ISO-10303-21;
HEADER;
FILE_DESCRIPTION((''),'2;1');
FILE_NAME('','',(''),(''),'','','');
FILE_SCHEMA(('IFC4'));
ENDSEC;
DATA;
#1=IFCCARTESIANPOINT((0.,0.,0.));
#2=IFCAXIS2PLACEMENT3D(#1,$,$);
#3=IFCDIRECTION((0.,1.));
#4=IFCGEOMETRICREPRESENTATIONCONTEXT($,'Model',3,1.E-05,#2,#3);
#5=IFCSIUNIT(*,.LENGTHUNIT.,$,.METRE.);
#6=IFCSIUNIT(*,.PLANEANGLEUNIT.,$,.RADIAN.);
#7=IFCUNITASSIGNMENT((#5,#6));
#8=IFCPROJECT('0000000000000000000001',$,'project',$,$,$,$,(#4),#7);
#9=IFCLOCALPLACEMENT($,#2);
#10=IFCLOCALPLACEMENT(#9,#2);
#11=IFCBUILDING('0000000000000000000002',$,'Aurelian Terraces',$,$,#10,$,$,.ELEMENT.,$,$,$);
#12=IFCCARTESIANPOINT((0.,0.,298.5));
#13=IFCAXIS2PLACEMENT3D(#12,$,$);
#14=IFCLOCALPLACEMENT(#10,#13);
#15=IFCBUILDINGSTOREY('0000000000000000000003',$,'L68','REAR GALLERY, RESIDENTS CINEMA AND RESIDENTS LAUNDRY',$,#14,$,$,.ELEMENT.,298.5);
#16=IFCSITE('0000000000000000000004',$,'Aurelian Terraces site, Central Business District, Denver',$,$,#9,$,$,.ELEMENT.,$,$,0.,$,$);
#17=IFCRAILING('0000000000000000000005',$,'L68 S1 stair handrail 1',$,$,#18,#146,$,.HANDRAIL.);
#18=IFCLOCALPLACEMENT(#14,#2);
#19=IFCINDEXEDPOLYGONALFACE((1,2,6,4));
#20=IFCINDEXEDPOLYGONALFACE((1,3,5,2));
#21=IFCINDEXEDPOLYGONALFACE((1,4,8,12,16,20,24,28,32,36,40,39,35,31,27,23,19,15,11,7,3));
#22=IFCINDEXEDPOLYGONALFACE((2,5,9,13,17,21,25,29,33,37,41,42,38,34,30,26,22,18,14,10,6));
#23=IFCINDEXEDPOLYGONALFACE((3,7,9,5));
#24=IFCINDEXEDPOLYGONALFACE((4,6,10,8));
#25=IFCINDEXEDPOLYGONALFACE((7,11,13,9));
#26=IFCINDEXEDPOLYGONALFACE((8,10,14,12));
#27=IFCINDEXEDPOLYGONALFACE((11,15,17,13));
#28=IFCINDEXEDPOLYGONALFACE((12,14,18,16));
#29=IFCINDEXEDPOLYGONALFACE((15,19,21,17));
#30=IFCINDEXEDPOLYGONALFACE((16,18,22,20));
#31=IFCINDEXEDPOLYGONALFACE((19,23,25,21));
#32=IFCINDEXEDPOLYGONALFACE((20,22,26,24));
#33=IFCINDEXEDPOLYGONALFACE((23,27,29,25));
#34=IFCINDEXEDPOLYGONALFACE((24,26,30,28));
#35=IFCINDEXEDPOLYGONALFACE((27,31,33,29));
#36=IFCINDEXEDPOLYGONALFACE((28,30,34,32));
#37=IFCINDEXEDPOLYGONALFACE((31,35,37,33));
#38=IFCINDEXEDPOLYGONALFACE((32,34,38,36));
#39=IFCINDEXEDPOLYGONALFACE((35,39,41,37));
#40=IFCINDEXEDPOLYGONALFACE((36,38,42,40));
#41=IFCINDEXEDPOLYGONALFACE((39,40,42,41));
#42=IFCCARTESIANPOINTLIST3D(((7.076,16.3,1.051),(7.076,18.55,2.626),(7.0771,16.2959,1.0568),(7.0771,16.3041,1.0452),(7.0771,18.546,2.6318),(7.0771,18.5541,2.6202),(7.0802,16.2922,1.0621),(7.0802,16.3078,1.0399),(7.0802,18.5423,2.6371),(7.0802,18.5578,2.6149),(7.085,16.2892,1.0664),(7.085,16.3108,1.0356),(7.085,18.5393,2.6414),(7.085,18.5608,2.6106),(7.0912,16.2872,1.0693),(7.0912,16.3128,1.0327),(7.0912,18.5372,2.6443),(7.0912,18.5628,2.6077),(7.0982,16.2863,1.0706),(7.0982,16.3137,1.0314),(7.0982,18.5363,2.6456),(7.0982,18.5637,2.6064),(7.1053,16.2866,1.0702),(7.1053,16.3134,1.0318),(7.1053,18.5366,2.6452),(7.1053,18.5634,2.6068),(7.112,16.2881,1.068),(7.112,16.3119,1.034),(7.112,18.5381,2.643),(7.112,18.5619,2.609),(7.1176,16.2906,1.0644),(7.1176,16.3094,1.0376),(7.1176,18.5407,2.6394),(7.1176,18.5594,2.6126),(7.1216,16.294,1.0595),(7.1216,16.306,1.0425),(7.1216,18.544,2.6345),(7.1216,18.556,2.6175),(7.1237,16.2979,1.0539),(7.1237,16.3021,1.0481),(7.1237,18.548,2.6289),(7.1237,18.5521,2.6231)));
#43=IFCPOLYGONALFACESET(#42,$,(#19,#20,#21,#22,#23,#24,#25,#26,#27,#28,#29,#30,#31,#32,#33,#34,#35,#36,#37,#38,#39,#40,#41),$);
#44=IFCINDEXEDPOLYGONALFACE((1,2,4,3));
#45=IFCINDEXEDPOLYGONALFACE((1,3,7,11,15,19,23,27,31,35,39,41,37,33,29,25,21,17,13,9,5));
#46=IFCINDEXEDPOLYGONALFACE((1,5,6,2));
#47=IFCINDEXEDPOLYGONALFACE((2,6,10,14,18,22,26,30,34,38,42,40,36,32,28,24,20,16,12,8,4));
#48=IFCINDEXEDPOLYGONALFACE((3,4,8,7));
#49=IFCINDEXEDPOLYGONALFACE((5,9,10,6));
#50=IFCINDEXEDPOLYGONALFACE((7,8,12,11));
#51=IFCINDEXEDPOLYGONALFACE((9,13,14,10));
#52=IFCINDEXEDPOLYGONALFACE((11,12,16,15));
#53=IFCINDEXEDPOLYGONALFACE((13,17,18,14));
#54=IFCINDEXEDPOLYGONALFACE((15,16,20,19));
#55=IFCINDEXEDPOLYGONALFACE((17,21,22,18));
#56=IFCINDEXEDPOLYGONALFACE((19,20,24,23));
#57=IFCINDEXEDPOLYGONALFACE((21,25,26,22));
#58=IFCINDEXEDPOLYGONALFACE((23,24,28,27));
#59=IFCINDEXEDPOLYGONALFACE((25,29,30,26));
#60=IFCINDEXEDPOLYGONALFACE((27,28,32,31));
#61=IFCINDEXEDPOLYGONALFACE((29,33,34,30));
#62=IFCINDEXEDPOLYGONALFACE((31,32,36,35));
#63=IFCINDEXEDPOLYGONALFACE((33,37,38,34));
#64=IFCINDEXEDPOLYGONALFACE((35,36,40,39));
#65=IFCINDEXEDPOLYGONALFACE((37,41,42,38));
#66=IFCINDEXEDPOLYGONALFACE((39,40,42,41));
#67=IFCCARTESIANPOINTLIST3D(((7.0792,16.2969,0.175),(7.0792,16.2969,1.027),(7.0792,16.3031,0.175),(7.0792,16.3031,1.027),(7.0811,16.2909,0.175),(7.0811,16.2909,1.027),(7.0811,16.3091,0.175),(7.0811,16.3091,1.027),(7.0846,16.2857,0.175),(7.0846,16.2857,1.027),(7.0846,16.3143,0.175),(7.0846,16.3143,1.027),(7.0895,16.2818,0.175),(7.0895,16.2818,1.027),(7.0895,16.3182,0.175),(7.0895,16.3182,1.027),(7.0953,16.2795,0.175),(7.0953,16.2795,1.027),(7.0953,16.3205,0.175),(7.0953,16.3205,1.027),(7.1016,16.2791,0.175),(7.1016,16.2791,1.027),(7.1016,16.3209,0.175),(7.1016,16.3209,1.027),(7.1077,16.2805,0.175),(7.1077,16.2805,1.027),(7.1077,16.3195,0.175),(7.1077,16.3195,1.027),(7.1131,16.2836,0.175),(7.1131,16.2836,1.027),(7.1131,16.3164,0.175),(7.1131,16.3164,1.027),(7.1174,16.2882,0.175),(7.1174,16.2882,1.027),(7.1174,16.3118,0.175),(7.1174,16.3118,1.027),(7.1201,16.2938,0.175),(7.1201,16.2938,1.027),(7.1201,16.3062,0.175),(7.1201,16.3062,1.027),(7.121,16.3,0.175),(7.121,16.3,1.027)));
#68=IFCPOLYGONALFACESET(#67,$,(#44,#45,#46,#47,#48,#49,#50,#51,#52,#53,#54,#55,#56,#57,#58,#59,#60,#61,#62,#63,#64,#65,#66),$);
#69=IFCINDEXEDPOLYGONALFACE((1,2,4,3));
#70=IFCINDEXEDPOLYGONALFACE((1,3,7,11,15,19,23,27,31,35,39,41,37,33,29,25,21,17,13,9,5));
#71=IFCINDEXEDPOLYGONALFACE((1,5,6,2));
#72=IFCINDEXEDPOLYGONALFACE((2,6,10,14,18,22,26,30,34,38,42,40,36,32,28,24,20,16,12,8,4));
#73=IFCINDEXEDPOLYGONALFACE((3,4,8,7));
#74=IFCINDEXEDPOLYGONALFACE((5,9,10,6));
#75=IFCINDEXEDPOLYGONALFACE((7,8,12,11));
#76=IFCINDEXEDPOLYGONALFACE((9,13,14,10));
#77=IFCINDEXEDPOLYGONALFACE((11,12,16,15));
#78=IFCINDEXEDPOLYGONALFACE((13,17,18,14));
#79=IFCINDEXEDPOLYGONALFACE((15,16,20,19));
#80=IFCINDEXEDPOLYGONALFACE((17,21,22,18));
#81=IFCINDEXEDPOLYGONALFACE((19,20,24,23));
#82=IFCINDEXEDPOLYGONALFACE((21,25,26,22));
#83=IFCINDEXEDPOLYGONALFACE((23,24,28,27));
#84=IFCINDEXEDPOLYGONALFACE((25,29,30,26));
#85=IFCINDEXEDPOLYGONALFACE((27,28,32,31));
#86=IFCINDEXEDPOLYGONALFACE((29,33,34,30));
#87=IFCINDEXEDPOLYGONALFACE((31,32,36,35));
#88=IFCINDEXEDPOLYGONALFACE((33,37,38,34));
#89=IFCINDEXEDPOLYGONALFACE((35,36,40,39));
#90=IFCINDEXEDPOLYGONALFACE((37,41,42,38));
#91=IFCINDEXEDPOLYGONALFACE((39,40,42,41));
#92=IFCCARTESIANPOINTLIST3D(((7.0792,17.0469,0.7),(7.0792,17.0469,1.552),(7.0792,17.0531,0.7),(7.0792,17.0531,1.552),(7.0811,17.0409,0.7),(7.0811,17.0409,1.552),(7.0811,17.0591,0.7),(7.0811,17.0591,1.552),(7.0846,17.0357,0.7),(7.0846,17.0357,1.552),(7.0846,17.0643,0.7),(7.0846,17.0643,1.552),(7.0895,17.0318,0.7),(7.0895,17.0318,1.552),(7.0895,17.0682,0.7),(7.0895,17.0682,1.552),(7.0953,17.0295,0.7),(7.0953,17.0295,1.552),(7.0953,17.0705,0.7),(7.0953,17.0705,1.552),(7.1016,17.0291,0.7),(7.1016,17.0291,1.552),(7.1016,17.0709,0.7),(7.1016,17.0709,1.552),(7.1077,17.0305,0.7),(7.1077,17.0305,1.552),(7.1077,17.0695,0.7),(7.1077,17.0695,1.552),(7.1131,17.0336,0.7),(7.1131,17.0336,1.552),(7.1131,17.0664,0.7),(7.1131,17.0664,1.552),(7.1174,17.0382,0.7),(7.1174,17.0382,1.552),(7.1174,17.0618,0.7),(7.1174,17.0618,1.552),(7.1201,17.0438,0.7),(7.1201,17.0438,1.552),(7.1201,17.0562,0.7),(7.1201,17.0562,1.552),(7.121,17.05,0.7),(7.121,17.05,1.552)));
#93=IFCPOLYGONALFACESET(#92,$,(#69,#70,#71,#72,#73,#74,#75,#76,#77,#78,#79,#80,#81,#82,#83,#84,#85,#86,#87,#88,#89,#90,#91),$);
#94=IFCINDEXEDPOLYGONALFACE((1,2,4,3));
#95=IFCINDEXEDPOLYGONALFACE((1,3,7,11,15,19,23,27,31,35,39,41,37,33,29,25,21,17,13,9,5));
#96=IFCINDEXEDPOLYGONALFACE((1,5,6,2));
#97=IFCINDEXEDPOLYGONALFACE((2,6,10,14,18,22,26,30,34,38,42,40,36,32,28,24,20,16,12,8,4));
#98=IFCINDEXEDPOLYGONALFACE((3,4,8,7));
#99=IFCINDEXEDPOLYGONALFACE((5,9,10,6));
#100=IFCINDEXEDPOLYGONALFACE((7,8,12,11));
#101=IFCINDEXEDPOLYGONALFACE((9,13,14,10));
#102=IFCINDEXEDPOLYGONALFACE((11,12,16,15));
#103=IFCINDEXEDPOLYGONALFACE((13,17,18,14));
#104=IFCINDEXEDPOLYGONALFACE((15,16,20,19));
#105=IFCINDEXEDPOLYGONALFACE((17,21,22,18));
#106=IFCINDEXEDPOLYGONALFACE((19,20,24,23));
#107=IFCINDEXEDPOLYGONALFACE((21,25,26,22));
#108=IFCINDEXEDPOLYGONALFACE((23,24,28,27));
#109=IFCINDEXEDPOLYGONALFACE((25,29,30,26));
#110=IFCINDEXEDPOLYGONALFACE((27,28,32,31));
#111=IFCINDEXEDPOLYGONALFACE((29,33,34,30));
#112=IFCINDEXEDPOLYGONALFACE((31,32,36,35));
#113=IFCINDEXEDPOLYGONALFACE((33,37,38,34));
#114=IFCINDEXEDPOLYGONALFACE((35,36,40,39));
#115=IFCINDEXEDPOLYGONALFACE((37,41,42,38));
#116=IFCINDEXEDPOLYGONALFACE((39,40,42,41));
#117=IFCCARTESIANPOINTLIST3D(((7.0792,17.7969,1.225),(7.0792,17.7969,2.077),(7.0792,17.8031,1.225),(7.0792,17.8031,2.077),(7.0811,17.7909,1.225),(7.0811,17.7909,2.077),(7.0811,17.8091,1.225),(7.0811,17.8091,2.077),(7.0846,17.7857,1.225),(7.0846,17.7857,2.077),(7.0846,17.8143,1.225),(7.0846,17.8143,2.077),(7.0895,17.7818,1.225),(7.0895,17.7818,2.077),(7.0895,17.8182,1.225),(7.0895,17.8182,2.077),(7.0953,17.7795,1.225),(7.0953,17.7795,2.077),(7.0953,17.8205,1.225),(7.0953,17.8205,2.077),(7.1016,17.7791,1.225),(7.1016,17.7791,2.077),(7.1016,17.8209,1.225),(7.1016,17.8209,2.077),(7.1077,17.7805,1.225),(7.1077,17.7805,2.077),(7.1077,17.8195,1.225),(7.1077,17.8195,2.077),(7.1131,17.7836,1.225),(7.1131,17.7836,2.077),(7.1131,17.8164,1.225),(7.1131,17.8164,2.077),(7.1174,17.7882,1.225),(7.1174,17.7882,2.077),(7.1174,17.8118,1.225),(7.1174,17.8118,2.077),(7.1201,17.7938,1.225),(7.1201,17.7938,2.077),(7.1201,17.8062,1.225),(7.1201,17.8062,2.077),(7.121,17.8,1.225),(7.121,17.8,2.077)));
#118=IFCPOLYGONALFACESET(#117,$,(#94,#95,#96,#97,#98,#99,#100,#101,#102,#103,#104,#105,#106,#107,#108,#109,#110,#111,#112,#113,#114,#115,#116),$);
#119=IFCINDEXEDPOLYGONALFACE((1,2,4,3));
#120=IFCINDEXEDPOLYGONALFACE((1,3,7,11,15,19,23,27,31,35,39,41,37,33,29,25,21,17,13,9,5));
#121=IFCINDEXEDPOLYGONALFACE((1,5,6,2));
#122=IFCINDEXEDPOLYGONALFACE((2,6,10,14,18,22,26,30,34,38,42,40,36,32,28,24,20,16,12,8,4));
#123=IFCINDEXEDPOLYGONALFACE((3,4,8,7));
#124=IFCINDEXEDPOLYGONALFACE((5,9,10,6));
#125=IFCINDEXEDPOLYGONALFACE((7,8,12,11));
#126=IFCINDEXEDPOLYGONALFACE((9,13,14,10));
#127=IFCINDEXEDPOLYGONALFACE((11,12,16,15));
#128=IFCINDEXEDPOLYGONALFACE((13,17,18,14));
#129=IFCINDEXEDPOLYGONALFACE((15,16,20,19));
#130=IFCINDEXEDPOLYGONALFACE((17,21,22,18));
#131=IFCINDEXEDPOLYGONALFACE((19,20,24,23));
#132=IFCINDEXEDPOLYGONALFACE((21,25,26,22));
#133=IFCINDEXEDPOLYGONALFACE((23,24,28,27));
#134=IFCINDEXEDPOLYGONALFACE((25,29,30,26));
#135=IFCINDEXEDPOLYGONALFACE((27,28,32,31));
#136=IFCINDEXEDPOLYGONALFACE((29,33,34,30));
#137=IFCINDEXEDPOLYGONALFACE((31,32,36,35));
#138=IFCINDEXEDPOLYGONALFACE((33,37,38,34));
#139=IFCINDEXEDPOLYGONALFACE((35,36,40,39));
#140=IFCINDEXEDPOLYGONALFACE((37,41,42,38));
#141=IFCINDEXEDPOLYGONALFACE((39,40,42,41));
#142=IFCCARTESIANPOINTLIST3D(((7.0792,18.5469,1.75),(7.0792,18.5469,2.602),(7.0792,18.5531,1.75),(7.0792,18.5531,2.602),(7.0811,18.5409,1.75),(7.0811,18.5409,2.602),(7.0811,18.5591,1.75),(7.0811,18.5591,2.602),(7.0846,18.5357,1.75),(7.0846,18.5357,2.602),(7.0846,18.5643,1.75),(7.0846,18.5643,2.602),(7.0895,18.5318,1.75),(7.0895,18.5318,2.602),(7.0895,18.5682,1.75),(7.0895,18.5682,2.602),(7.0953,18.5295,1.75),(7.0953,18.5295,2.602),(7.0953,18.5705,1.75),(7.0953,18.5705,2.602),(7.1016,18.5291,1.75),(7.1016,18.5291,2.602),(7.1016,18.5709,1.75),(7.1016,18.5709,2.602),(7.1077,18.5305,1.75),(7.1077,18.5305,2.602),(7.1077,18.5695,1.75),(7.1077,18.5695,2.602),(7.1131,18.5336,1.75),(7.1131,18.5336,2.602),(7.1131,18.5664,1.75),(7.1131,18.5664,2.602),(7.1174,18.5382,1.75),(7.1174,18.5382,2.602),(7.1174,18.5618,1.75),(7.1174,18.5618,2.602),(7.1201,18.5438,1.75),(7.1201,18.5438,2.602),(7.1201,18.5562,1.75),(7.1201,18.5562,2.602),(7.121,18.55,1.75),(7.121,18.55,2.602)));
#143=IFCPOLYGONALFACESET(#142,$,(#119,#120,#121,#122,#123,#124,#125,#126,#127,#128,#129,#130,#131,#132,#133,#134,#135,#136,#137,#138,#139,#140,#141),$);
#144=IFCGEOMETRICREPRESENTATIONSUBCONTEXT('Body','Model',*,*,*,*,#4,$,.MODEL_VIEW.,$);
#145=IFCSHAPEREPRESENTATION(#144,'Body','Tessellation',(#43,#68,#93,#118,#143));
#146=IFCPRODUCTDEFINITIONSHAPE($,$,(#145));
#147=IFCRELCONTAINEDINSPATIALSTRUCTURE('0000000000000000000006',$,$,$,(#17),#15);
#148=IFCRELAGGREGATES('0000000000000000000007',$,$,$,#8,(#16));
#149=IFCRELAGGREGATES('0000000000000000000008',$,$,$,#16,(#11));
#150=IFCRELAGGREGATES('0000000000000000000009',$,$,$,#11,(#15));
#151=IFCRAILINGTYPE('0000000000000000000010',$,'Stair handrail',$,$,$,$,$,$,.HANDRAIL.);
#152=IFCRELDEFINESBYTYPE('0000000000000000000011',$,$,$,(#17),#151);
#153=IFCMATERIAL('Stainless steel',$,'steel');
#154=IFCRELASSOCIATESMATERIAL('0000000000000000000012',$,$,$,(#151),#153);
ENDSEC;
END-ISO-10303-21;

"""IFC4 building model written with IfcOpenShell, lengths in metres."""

from ifc_helpers import new_model, si_unit, direction, frame, origin, origin_2d, place, context, subcontext, project, spatial, circle, extrude, source, transform, mapped, material, type_object, element, save


model = new_model("IFC4")

# Units and contexts
model_context = context("Model", 3, precision=1e-05, world=origin(), true_north=direction((0.0, 1.0)))
body_context = subcontext(model_context, "Body", "Model", "MODEL_VIEW")
ifc_project = project(units=[si_unit("LENGTHUNIT", "METRE"), si_unit("PLANEANGLEUNIT", "RADIAN")], contexts=[model_context])

# Site, building, storey
site_placement = place(None, origin())
site = spatial("IfcSite", under=ifc_project, at=site_placement, Name="Aurelian Terraces site, Central Business District, Denver", CompositionType="ELEMENT", RefElevation=0.0)
building_placement = place(site_placement, origin())
building = spatial("IfcBuilding", under=site, at=building_placement, Name="Aurelian Terraces", CompositionType="ELEMENT")
storey_placement = place(building_placement, frame((0.0, 0.0, 298.5)))
storey = spatial("IfcBuildingStorey", under=building, at=storey_placement, Name="L68", Description="REAR GALLERY, RESIDENTS CINEMA AND RESIDENTS LAUNDRY", CompositionType="ELEMENT", Elevation=298.5)

# Railing
ifc_material_1 = material(Name="Stainless steel", Category="steel")
railing_type_1 = type_object("IfcRailingType", Name="Stair handrail", PredefinedType="HANDRAIL", material=ifc_material_1)
shared_shape_1 = source(origin(), body_context, "Body", "SweptSolid", [
    extrude(circle(Radius=0.024, at=origin_2d()), frame((0.0, 0.0, 0.876), z_axis=(0.0, 0.819232, 0.573462), x_axis=(-1.0, 0.0, 0.0)), (0.0, 0.0, 1.0), 2.7465),
    extrude(circle(Radius=0.021, at=origin_2d()), origin(), (0.0, 0.0, 1.0), 0.852),
    extrude(circle(Radius=0.021, at=origin_2d()), frame((0.0, 0.75, 0.525)), (0.0, 0.0, 1.0), 0.852),
    extrude(circle(Radius=0.021, at=origin_2d()), frame((0.0, 1.5, 1.05)), (0.0, 0.0, 1.0), 0.852),
    extrude(circle(Radius=0.021, at=origin_2d()), frame((0.0, 2.25, 1.575)), (0.0, 0.0, 1.0), 0.852),
])
railing_1_placement = place(storey_placement, frame((7.1, 16.3, 0.175)))
element("IfcRailing", 1, at=railing_1_placement, inside=storey, type_object=railing_type_1, Name="L68 S1 stair handrail 1", PredefinedType="HANDRAIL", context=body_context, shape_type="MappedRepresentation", body=[
    mapped(shared_shape_1, transform((0.0, 0.0, 0.0), scale=1.0)),
])

save(model, "model.ifc")
